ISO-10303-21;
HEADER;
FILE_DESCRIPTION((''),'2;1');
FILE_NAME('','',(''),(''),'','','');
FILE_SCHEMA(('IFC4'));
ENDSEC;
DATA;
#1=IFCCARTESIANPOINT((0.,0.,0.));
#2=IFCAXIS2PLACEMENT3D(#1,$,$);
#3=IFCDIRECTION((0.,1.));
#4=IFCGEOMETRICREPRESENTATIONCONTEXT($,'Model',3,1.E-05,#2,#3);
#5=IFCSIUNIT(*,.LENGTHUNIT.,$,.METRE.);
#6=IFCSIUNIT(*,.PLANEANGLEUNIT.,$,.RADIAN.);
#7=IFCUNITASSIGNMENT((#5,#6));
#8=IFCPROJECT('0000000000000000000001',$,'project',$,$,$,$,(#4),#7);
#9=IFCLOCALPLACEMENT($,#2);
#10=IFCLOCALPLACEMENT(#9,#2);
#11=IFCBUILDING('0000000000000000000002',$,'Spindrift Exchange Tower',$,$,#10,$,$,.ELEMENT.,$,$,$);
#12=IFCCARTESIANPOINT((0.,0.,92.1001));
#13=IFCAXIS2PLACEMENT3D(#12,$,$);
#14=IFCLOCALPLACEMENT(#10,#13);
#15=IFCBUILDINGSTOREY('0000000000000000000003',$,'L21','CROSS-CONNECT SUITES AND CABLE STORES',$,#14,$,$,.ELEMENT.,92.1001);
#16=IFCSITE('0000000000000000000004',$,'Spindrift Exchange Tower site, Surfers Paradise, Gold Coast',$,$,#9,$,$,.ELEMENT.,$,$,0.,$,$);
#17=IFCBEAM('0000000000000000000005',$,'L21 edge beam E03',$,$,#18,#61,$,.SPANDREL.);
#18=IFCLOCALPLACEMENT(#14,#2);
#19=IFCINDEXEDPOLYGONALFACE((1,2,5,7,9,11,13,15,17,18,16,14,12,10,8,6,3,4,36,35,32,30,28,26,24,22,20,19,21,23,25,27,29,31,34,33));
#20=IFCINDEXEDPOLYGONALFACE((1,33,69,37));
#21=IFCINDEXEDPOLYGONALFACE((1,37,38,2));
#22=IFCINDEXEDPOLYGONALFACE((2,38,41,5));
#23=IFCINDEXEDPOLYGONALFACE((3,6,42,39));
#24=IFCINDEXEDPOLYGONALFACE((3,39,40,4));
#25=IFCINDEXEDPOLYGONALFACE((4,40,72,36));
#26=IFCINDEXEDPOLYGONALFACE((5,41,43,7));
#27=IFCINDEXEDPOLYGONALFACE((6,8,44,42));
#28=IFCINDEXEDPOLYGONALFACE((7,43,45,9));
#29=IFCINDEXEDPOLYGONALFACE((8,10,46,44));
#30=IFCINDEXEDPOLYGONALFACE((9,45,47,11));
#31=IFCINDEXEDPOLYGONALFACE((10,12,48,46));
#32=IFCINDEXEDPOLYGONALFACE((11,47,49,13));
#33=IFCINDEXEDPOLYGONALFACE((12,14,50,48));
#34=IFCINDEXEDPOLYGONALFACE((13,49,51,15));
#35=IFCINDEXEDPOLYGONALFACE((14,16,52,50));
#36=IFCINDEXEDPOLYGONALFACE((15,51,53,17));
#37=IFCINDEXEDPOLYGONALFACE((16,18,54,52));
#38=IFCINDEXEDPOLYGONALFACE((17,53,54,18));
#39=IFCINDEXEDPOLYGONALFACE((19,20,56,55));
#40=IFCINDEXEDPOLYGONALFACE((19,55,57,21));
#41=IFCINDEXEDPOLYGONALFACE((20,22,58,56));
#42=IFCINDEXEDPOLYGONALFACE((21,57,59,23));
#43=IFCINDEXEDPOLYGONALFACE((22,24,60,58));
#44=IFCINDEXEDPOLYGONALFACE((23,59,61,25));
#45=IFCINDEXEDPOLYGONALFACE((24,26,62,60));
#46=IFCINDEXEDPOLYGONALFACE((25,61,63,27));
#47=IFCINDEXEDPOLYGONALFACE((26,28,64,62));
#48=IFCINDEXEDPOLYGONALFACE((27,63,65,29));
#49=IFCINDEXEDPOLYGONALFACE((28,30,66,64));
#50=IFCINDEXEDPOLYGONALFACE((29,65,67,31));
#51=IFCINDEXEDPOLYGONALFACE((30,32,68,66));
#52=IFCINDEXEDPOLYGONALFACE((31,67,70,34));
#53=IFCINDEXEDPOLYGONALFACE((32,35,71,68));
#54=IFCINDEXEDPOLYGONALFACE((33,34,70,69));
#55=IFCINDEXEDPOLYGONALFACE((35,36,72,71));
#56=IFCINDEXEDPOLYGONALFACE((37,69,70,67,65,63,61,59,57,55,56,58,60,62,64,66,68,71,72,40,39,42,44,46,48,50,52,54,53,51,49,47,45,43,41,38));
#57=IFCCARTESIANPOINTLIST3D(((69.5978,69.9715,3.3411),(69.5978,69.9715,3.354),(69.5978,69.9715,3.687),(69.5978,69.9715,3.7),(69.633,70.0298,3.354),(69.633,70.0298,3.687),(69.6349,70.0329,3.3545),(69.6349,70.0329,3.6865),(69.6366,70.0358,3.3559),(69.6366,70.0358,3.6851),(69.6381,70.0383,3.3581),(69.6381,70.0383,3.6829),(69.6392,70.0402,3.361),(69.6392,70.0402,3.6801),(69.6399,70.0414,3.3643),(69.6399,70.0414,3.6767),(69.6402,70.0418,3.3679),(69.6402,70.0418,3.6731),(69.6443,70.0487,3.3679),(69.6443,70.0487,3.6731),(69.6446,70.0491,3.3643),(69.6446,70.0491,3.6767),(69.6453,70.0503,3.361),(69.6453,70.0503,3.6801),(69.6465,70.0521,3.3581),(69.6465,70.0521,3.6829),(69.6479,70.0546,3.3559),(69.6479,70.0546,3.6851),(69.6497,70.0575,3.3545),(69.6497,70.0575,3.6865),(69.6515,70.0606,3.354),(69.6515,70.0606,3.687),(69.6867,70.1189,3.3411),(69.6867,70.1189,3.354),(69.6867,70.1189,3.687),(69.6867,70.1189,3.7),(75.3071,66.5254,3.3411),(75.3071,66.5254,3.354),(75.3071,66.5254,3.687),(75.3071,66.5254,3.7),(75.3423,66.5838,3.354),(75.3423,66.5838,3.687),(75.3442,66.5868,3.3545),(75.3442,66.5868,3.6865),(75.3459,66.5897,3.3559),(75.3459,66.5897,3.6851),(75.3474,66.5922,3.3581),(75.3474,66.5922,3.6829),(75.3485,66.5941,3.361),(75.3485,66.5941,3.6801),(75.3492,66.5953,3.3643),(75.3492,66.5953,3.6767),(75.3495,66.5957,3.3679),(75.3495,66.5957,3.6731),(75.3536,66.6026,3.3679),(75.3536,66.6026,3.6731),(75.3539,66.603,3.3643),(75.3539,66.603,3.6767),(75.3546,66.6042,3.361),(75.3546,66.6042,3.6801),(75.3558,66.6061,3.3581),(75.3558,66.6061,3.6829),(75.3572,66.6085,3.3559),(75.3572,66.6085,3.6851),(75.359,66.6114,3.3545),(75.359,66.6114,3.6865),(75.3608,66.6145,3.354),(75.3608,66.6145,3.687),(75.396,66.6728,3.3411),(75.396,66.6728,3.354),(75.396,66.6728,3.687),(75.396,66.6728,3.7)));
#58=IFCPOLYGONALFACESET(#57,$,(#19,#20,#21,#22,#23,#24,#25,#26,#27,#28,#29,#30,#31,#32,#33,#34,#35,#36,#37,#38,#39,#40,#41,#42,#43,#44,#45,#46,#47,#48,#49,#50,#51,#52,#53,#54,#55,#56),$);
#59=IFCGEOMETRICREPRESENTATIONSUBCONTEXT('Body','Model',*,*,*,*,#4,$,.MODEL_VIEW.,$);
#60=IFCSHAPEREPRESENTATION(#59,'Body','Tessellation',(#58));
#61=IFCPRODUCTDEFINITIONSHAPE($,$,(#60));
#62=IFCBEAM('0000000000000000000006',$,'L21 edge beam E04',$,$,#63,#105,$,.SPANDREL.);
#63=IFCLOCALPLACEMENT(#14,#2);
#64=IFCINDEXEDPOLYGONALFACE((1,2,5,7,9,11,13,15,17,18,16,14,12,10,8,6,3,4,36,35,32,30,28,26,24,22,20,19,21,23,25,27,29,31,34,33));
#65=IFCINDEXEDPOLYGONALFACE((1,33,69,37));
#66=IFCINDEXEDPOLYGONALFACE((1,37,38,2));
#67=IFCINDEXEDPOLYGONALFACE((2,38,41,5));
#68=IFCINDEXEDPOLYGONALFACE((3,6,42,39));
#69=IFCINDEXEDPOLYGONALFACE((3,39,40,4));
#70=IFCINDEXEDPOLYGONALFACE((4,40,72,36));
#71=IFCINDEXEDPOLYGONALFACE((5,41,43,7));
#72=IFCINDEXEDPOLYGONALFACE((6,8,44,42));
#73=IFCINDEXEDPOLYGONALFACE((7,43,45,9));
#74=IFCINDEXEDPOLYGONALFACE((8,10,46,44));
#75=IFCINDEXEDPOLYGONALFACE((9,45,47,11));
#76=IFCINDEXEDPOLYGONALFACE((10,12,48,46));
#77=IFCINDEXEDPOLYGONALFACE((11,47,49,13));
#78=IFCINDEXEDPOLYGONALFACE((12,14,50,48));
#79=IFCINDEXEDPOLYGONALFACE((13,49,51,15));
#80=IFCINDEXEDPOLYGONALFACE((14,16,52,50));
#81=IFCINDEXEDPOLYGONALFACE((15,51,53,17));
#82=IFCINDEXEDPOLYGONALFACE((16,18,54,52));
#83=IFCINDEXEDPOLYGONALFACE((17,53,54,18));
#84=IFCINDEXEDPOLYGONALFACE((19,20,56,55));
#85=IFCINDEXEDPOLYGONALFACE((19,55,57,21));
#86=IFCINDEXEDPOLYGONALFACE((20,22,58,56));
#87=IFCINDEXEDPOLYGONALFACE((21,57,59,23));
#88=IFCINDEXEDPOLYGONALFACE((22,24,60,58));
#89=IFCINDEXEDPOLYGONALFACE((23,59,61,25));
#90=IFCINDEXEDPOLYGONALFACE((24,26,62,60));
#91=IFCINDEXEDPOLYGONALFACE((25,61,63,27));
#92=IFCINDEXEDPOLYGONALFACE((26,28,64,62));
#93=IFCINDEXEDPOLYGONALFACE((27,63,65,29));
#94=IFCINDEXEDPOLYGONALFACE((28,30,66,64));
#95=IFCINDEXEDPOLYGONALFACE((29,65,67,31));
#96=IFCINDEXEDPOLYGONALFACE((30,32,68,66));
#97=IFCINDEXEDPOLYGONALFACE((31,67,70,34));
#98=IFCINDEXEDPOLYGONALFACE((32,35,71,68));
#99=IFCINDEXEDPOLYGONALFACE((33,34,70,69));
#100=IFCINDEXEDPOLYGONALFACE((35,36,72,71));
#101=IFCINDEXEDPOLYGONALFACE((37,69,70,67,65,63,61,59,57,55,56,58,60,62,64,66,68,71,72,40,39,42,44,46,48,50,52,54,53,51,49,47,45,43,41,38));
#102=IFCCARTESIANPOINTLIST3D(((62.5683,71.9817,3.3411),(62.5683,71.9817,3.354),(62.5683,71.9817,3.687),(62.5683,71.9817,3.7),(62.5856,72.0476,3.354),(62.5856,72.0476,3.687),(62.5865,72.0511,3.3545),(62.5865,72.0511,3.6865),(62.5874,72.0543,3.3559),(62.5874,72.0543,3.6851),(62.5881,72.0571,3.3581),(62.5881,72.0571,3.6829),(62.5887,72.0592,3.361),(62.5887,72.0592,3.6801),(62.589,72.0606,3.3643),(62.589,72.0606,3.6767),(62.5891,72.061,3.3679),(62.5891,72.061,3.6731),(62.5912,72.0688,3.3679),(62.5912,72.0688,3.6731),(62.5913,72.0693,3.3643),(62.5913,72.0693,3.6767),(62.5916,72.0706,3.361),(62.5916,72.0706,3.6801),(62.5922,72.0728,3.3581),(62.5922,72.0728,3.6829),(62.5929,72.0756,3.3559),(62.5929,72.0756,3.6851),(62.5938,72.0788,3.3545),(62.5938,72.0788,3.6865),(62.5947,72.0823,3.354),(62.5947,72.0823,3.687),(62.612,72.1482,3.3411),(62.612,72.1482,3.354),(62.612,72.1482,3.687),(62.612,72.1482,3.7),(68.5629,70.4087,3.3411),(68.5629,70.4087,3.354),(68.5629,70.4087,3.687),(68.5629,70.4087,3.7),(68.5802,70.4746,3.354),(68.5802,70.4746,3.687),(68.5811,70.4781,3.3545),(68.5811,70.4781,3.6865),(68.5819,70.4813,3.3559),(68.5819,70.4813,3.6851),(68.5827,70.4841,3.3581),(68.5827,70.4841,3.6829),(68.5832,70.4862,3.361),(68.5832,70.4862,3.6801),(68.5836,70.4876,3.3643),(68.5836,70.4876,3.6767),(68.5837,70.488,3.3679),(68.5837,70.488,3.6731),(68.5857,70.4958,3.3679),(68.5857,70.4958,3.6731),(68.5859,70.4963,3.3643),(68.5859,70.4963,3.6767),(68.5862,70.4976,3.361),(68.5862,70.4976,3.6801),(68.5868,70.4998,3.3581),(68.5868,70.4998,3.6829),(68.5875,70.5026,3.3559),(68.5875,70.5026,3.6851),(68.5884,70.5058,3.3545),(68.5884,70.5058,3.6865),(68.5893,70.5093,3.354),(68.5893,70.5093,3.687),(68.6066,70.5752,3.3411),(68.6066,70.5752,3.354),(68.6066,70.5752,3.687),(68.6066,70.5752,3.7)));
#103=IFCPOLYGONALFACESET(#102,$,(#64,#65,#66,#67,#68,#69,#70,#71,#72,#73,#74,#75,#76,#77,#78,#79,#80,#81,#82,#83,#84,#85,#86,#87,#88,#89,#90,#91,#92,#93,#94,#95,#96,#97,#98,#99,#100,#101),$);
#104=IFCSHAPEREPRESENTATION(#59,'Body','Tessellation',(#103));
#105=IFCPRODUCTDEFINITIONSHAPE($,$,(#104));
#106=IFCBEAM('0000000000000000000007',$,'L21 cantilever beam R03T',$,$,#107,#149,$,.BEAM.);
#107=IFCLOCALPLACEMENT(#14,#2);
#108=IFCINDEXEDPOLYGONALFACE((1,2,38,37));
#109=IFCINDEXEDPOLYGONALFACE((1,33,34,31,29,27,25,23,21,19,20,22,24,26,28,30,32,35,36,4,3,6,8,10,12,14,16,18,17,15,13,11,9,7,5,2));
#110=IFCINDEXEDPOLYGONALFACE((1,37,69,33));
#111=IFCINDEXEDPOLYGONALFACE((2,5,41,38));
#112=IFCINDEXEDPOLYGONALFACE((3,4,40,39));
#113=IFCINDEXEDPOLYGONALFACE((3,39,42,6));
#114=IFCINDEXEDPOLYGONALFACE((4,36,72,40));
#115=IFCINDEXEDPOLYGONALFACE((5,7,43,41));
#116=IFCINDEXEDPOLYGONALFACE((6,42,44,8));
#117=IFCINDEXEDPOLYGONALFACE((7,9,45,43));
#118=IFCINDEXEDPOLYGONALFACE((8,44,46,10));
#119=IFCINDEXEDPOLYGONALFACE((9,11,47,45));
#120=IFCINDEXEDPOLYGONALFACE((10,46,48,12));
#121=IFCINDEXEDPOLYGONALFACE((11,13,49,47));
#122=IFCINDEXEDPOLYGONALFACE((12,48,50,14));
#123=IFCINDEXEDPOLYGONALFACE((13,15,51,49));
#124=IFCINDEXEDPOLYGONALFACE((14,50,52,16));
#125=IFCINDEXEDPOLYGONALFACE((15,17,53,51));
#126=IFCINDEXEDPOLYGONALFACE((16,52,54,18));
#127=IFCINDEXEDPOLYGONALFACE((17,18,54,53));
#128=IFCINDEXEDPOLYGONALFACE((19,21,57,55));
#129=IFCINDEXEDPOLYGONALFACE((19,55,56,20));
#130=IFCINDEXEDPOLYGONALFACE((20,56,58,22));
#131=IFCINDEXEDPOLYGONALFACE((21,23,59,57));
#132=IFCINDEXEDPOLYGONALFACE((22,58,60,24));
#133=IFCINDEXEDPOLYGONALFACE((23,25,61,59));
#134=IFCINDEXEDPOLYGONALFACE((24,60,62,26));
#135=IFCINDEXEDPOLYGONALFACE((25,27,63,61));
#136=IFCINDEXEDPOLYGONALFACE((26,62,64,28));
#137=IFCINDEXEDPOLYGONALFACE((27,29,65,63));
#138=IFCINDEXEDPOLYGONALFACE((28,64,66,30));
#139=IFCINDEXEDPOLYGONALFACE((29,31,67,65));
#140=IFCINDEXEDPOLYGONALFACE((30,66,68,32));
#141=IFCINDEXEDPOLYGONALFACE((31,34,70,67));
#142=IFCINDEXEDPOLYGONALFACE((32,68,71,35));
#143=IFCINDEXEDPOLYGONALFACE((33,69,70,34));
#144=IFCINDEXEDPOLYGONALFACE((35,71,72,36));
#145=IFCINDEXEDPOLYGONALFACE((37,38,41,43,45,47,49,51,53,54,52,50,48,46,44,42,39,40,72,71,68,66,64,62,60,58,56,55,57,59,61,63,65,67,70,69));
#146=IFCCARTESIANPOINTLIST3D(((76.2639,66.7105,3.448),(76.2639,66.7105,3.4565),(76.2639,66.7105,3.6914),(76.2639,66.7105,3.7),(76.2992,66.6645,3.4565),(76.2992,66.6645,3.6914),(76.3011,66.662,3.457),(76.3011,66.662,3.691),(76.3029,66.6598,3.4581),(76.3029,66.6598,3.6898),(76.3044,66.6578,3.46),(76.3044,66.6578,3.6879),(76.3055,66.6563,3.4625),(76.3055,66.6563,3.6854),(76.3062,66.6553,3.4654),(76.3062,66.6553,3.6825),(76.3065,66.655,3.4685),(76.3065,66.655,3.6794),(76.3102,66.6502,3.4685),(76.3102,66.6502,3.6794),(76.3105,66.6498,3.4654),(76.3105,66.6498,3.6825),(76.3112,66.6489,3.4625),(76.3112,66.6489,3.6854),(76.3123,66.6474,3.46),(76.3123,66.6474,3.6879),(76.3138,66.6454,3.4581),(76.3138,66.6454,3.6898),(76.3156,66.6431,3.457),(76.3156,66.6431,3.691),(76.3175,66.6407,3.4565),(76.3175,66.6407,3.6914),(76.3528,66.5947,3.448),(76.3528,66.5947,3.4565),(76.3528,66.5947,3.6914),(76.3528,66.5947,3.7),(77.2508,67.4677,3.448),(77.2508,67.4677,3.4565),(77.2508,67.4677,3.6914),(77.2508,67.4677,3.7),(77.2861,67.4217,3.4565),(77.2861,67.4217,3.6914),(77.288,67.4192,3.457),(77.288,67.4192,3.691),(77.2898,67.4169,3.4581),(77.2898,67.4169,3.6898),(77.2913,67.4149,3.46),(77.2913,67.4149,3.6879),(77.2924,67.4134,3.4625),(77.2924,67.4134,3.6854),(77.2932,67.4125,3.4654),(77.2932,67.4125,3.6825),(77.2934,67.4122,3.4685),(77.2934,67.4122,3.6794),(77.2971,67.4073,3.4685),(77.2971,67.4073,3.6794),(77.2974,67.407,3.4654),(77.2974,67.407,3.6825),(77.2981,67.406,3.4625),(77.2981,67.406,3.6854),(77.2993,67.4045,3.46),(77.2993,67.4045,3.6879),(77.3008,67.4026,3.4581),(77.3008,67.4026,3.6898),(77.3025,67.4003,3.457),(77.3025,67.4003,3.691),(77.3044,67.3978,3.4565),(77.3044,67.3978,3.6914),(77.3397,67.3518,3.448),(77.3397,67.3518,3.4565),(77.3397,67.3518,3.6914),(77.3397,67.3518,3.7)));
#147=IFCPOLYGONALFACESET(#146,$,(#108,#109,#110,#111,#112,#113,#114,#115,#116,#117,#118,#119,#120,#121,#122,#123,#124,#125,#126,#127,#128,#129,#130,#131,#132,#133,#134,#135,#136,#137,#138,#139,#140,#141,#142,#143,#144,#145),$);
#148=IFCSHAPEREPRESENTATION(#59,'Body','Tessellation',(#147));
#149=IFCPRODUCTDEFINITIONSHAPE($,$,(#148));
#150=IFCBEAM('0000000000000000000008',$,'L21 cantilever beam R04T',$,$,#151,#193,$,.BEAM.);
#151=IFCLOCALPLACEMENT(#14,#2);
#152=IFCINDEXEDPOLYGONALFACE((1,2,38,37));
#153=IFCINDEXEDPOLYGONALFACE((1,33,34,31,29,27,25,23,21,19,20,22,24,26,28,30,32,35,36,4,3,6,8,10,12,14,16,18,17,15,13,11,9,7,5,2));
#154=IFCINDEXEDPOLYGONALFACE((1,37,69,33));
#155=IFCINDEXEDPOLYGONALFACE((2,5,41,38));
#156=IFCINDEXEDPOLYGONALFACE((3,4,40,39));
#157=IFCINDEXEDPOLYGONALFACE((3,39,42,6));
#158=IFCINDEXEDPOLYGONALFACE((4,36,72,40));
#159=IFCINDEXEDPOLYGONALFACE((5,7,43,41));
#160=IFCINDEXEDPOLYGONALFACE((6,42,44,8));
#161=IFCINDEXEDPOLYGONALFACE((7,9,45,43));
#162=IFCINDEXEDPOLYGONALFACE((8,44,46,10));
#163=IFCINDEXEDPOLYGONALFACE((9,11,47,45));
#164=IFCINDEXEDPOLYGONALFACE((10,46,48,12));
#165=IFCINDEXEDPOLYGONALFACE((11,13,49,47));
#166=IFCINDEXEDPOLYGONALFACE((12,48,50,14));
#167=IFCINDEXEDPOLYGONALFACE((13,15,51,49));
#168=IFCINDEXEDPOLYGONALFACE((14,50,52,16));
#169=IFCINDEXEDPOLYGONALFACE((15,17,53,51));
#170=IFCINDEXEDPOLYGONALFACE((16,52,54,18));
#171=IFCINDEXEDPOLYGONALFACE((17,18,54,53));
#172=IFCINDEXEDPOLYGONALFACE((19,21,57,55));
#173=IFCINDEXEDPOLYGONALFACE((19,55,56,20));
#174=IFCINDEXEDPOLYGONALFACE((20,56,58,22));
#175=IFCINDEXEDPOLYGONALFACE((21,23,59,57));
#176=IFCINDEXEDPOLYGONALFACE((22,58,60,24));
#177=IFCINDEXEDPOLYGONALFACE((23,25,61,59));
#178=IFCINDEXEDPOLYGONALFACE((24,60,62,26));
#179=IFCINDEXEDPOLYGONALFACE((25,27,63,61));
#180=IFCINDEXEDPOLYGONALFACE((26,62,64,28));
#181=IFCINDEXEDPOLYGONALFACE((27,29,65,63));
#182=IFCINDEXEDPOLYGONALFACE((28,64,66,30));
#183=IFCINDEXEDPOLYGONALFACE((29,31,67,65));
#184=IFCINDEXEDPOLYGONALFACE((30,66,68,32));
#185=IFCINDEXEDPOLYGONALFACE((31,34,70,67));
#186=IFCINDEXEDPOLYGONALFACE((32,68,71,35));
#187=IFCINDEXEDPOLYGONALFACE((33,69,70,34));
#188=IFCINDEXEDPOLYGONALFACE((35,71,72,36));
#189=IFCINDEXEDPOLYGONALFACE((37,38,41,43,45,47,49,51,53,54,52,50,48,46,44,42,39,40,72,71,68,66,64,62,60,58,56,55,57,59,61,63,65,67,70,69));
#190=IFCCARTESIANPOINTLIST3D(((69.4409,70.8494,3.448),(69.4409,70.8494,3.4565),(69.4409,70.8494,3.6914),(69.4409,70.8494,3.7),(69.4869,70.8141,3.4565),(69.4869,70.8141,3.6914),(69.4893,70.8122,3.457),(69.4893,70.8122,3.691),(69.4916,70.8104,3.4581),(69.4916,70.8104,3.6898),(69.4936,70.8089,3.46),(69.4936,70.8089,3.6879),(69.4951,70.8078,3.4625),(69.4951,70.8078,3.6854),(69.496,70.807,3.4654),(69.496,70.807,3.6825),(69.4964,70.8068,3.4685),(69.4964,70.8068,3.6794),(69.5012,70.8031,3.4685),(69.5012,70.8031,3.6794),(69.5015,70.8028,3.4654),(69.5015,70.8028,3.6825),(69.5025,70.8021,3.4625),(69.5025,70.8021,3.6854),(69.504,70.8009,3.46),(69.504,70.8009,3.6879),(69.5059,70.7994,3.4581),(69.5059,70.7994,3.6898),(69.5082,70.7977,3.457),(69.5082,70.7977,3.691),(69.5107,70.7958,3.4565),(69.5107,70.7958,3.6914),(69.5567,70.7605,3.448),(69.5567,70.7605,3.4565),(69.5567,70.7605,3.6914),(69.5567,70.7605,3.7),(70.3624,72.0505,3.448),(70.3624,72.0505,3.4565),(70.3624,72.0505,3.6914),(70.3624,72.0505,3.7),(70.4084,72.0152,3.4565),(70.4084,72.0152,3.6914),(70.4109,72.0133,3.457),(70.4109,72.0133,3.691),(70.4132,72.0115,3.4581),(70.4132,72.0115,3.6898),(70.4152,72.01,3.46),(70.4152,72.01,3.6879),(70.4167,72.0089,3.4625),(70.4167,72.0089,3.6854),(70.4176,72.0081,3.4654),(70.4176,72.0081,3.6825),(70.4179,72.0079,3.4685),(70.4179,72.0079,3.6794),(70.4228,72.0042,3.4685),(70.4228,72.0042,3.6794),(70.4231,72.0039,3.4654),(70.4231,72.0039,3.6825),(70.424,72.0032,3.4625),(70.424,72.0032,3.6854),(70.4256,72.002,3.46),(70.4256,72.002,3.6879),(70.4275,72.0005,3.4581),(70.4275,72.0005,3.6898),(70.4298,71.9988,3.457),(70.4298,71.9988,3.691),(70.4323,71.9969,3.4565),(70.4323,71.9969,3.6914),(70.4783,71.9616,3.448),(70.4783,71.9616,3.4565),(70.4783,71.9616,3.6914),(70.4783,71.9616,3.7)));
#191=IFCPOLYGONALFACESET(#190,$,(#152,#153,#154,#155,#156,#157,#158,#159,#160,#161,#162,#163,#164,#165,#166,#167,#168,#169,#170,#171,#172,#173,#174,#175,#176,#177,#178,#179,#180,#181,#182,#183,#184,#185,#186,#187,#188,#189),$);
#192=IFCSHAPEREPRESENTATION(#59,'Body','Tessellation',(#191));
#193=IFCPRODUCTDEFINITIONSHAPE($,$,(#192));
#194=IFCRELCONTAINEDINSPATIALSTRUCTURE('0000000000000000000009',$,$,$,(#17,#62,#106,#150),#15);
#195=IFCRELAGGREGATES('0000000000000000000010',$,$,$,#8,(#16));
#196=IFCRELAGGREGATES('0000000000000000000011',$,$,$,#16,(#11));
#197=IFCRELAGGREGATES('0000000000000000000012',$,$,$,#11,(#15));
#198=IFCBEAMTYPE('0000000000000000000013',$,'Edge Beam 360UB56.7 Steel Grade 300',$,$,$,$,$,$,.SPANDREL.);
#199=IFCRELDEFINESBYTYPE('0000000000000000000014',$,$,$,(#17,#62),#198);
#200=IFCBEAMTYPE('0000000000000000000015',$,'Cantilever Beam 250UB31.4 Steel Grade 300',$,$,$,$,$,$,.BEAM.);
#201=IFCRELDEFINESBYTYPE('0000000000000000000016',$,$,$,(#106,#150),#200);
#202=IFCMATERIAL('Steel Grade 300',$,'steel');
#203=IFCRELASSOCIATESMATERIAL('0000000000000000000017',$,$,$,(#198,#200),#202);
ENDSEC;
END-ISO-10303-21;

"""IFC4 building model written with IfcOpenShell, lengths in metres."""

from ifc_helpers import new_model, si_unit, direction, frame, origin, origin_2d, place, context, subcontext, project, spatial, i_section, extrude, source, transform, mapped, material, material_profile, profile_set, type_object, element, save


model = new_model("IFC4")

# Units and contexts
model_context = context("Model", 3, precision=1e-05, world=origin(), true_north=direction((0.0, 1.0)))
body_context = subcontext(model_context, "Body", "Model", "MODEL_VIEW")
ifc_project = project(units=[si_unit("LENGTHUNIT", "METRE"), si_unit("PLANEANGLEUNIT", "RADIAN")], contexts=[model_context])

# Site, building, storey
site_placement = place(None, origin())
site = spatial("IfcSite", under=ifc_project, at=site_placement, Name="Spindrift Exchange Tower site, Surfers Paradise, Gold Coast", CompositionType="ELEMENT", RefElevation=0.0)
building_placement = place(site_placement, origin())
building = spatial("IfcBuilding", under=site, at=building_placement, Name="Spindrift Exchange Tower", CompositionType="ELEMENT")
storey_placement = place(building_placement, frame((0.0, 0.0, 92.1001)))
storey = spatial("IfcBuildingStorey", under=building, at=storey_placement, Name="L21", Description="CROSS-CONNECT SUITES AND CABLE STORES", CompositionType="ELEMENT", Elevation=92.1001)

# Beams
ifc_material_1 = material(Name="Steel Grade 300", Category="steel")
ifc_material_profile_1 = material_profile(ifc_material_1, i_section(OverallWidth=0.1721, OverallDepth=0.3589, WebThickness=0.0081, FlangeThickness=0.0129, FilletRadius=0.0139, at=origin_2d()), Name="360UB56.7")
ifc_profile_set_1 = profile_set([ifc_material_profile_1], Name="Steel Grade 300")
beam_type_1 = type_object("IfcBeamType", Name="Edge Beam 360UB56.7 Steel Grade 300", PredefinedType="SPANDREL", material=ifc_profile_set_1)
shared_shape_1 = source(origin(), body_context, "Body", "SweptSolid", [
    extrude(i_section(OverallWidth=0.1721, OverallDepth=0.3589, WebThickness=0.0081, FlangeThickness=0.0129, FilletRadius=0.0139, at=origin_2d()), origin(), (0.0, 0.0, 1.0), 6.6687),
])
beam_1_placement = place(storey_placement, frame((75.3516, 66.5991, 3.5205), z_axis=(-0.856133, 0.516755, 0.0), x_axis=(-0.516755, -0.856133, 0.0)))
element("IfcBeam", 1, at=beam_1_placement, inside=storey, type_object=beam_type_1, Name="L21 edge beam E03", PredefinedType="SPANDREL", context=body_context, shape_type="MappedRepresentation", body=[
    mapped(shared_shape_1, transform((0.0, 0.0, 0.0), scale=1.0)),
])
shared_shape_2 = source(origin(), body_context, "Body", "SweptSolid", [
    extrude(i_section(OverallWidth=0.1721, OverallDepth=0.3589, WebThickness=0.0081, FlangeThickness=0.0129, FilletRadius=0.0139, at=origin_2d()), origin(), (0.0, 0.0, 1.0), 6.1975),
])
beam_2_placement = place(storey_placement, frame((68.5847, 70.4919, 3.5205), z_axis=(-0.967254, 0.253809, 0.0), x_axis=(-0.253809, -0.967254, 0.0)))
element("IfcBeam", 2, at=beam_2_placement, inside=storey, type_object=beam_type_1, Name="L21 edge beam E04", PredefinedType="SPANDREL", context=body_context, shape_type="MappedRepresentation", body=[
    mapped(shared_shape_2, transform((0.0, 0.0, 0.0), scale=1.0)),
])
ifc_material_profile_2 = material_profile(ifc_material_1, i_section(OverallWidth=0.146, OverallDepth=0.252, WebThickness=0.0061, FlangeThickness=0.0085, FilletRadius=0.012, at=origin_2d()), Name="250UB31.4")
ifc_profile_set_2 = profile_set([ifc_material_profile_2], Name="Steel Grade 300")
beam_type_2 = type_object("IfcBeamType", Name="Cantilever Beam 250UB31.4 Steel Grade 300", PredefinedType="BEAM", material=ifc_profile_set_2)
shared_shape_3 = source(origin(), body_context, "Body", "SweptSolid", [
    extrude(i_section(OverallWidth=0.146, OverallDepth=0.252, WebThickness=0.0061, FlangeThickness=0.0085, FilletRadius=0.012, at=origin_2d()), origin(), (0.0, 0.0, 1.0), 1.2439),
])
beam_3_placement = place(storey_placement, frame((76.3083, 66.6526, 3.574), z_axis=(0.793404, 0.608695, 0.0), x_axis=(-0.608695, 0.793404, 0.0)))
element("IfcBeam", 3, at=beam_3_placement, inside=storey, type_object=beam_type_2, Name="L21 cantilever beam R03T", PredefinedType="BEAM", context=body_context, shape_type="MappedRepresentation", body=[
    mapped(shared_shape_3, transform((0.0, 0.0, 0.0), scale=1.0)),
])
shared_shape_4 = source(origin(), body_context, "Body", "SweptSolid", [
    extrude(i_section(OverallWidth=0.146, OverallDepth=0.252, WebThickness=0.0061, FlangeThickness=0.0085, FilletRadius=0.012, at=origin_2d()), origin(), (0.0, 0.0, 1.0), 1.5139),
])
beam_4_placement = place(storey_placement, frame((69.4988, 70.8049, 3.574), z_axis=(0.608736, 0.793373, 0.0), x_axis=(-0.793373, 0.608736, 0.0)))
element("IfcBeam", 4, at=beam_4_placement, inside=storey, type_object=beam_type_2, Name="L21 cantilever beam R04T", PredefinedType="BEAM", context=body_context, shape_type="MappedRepresentation", body=[
    mapped(shared_shape_4, transform((0.0, 0.0, 0.0), scale=1.0)),
])

save(model, "model.ifc")
